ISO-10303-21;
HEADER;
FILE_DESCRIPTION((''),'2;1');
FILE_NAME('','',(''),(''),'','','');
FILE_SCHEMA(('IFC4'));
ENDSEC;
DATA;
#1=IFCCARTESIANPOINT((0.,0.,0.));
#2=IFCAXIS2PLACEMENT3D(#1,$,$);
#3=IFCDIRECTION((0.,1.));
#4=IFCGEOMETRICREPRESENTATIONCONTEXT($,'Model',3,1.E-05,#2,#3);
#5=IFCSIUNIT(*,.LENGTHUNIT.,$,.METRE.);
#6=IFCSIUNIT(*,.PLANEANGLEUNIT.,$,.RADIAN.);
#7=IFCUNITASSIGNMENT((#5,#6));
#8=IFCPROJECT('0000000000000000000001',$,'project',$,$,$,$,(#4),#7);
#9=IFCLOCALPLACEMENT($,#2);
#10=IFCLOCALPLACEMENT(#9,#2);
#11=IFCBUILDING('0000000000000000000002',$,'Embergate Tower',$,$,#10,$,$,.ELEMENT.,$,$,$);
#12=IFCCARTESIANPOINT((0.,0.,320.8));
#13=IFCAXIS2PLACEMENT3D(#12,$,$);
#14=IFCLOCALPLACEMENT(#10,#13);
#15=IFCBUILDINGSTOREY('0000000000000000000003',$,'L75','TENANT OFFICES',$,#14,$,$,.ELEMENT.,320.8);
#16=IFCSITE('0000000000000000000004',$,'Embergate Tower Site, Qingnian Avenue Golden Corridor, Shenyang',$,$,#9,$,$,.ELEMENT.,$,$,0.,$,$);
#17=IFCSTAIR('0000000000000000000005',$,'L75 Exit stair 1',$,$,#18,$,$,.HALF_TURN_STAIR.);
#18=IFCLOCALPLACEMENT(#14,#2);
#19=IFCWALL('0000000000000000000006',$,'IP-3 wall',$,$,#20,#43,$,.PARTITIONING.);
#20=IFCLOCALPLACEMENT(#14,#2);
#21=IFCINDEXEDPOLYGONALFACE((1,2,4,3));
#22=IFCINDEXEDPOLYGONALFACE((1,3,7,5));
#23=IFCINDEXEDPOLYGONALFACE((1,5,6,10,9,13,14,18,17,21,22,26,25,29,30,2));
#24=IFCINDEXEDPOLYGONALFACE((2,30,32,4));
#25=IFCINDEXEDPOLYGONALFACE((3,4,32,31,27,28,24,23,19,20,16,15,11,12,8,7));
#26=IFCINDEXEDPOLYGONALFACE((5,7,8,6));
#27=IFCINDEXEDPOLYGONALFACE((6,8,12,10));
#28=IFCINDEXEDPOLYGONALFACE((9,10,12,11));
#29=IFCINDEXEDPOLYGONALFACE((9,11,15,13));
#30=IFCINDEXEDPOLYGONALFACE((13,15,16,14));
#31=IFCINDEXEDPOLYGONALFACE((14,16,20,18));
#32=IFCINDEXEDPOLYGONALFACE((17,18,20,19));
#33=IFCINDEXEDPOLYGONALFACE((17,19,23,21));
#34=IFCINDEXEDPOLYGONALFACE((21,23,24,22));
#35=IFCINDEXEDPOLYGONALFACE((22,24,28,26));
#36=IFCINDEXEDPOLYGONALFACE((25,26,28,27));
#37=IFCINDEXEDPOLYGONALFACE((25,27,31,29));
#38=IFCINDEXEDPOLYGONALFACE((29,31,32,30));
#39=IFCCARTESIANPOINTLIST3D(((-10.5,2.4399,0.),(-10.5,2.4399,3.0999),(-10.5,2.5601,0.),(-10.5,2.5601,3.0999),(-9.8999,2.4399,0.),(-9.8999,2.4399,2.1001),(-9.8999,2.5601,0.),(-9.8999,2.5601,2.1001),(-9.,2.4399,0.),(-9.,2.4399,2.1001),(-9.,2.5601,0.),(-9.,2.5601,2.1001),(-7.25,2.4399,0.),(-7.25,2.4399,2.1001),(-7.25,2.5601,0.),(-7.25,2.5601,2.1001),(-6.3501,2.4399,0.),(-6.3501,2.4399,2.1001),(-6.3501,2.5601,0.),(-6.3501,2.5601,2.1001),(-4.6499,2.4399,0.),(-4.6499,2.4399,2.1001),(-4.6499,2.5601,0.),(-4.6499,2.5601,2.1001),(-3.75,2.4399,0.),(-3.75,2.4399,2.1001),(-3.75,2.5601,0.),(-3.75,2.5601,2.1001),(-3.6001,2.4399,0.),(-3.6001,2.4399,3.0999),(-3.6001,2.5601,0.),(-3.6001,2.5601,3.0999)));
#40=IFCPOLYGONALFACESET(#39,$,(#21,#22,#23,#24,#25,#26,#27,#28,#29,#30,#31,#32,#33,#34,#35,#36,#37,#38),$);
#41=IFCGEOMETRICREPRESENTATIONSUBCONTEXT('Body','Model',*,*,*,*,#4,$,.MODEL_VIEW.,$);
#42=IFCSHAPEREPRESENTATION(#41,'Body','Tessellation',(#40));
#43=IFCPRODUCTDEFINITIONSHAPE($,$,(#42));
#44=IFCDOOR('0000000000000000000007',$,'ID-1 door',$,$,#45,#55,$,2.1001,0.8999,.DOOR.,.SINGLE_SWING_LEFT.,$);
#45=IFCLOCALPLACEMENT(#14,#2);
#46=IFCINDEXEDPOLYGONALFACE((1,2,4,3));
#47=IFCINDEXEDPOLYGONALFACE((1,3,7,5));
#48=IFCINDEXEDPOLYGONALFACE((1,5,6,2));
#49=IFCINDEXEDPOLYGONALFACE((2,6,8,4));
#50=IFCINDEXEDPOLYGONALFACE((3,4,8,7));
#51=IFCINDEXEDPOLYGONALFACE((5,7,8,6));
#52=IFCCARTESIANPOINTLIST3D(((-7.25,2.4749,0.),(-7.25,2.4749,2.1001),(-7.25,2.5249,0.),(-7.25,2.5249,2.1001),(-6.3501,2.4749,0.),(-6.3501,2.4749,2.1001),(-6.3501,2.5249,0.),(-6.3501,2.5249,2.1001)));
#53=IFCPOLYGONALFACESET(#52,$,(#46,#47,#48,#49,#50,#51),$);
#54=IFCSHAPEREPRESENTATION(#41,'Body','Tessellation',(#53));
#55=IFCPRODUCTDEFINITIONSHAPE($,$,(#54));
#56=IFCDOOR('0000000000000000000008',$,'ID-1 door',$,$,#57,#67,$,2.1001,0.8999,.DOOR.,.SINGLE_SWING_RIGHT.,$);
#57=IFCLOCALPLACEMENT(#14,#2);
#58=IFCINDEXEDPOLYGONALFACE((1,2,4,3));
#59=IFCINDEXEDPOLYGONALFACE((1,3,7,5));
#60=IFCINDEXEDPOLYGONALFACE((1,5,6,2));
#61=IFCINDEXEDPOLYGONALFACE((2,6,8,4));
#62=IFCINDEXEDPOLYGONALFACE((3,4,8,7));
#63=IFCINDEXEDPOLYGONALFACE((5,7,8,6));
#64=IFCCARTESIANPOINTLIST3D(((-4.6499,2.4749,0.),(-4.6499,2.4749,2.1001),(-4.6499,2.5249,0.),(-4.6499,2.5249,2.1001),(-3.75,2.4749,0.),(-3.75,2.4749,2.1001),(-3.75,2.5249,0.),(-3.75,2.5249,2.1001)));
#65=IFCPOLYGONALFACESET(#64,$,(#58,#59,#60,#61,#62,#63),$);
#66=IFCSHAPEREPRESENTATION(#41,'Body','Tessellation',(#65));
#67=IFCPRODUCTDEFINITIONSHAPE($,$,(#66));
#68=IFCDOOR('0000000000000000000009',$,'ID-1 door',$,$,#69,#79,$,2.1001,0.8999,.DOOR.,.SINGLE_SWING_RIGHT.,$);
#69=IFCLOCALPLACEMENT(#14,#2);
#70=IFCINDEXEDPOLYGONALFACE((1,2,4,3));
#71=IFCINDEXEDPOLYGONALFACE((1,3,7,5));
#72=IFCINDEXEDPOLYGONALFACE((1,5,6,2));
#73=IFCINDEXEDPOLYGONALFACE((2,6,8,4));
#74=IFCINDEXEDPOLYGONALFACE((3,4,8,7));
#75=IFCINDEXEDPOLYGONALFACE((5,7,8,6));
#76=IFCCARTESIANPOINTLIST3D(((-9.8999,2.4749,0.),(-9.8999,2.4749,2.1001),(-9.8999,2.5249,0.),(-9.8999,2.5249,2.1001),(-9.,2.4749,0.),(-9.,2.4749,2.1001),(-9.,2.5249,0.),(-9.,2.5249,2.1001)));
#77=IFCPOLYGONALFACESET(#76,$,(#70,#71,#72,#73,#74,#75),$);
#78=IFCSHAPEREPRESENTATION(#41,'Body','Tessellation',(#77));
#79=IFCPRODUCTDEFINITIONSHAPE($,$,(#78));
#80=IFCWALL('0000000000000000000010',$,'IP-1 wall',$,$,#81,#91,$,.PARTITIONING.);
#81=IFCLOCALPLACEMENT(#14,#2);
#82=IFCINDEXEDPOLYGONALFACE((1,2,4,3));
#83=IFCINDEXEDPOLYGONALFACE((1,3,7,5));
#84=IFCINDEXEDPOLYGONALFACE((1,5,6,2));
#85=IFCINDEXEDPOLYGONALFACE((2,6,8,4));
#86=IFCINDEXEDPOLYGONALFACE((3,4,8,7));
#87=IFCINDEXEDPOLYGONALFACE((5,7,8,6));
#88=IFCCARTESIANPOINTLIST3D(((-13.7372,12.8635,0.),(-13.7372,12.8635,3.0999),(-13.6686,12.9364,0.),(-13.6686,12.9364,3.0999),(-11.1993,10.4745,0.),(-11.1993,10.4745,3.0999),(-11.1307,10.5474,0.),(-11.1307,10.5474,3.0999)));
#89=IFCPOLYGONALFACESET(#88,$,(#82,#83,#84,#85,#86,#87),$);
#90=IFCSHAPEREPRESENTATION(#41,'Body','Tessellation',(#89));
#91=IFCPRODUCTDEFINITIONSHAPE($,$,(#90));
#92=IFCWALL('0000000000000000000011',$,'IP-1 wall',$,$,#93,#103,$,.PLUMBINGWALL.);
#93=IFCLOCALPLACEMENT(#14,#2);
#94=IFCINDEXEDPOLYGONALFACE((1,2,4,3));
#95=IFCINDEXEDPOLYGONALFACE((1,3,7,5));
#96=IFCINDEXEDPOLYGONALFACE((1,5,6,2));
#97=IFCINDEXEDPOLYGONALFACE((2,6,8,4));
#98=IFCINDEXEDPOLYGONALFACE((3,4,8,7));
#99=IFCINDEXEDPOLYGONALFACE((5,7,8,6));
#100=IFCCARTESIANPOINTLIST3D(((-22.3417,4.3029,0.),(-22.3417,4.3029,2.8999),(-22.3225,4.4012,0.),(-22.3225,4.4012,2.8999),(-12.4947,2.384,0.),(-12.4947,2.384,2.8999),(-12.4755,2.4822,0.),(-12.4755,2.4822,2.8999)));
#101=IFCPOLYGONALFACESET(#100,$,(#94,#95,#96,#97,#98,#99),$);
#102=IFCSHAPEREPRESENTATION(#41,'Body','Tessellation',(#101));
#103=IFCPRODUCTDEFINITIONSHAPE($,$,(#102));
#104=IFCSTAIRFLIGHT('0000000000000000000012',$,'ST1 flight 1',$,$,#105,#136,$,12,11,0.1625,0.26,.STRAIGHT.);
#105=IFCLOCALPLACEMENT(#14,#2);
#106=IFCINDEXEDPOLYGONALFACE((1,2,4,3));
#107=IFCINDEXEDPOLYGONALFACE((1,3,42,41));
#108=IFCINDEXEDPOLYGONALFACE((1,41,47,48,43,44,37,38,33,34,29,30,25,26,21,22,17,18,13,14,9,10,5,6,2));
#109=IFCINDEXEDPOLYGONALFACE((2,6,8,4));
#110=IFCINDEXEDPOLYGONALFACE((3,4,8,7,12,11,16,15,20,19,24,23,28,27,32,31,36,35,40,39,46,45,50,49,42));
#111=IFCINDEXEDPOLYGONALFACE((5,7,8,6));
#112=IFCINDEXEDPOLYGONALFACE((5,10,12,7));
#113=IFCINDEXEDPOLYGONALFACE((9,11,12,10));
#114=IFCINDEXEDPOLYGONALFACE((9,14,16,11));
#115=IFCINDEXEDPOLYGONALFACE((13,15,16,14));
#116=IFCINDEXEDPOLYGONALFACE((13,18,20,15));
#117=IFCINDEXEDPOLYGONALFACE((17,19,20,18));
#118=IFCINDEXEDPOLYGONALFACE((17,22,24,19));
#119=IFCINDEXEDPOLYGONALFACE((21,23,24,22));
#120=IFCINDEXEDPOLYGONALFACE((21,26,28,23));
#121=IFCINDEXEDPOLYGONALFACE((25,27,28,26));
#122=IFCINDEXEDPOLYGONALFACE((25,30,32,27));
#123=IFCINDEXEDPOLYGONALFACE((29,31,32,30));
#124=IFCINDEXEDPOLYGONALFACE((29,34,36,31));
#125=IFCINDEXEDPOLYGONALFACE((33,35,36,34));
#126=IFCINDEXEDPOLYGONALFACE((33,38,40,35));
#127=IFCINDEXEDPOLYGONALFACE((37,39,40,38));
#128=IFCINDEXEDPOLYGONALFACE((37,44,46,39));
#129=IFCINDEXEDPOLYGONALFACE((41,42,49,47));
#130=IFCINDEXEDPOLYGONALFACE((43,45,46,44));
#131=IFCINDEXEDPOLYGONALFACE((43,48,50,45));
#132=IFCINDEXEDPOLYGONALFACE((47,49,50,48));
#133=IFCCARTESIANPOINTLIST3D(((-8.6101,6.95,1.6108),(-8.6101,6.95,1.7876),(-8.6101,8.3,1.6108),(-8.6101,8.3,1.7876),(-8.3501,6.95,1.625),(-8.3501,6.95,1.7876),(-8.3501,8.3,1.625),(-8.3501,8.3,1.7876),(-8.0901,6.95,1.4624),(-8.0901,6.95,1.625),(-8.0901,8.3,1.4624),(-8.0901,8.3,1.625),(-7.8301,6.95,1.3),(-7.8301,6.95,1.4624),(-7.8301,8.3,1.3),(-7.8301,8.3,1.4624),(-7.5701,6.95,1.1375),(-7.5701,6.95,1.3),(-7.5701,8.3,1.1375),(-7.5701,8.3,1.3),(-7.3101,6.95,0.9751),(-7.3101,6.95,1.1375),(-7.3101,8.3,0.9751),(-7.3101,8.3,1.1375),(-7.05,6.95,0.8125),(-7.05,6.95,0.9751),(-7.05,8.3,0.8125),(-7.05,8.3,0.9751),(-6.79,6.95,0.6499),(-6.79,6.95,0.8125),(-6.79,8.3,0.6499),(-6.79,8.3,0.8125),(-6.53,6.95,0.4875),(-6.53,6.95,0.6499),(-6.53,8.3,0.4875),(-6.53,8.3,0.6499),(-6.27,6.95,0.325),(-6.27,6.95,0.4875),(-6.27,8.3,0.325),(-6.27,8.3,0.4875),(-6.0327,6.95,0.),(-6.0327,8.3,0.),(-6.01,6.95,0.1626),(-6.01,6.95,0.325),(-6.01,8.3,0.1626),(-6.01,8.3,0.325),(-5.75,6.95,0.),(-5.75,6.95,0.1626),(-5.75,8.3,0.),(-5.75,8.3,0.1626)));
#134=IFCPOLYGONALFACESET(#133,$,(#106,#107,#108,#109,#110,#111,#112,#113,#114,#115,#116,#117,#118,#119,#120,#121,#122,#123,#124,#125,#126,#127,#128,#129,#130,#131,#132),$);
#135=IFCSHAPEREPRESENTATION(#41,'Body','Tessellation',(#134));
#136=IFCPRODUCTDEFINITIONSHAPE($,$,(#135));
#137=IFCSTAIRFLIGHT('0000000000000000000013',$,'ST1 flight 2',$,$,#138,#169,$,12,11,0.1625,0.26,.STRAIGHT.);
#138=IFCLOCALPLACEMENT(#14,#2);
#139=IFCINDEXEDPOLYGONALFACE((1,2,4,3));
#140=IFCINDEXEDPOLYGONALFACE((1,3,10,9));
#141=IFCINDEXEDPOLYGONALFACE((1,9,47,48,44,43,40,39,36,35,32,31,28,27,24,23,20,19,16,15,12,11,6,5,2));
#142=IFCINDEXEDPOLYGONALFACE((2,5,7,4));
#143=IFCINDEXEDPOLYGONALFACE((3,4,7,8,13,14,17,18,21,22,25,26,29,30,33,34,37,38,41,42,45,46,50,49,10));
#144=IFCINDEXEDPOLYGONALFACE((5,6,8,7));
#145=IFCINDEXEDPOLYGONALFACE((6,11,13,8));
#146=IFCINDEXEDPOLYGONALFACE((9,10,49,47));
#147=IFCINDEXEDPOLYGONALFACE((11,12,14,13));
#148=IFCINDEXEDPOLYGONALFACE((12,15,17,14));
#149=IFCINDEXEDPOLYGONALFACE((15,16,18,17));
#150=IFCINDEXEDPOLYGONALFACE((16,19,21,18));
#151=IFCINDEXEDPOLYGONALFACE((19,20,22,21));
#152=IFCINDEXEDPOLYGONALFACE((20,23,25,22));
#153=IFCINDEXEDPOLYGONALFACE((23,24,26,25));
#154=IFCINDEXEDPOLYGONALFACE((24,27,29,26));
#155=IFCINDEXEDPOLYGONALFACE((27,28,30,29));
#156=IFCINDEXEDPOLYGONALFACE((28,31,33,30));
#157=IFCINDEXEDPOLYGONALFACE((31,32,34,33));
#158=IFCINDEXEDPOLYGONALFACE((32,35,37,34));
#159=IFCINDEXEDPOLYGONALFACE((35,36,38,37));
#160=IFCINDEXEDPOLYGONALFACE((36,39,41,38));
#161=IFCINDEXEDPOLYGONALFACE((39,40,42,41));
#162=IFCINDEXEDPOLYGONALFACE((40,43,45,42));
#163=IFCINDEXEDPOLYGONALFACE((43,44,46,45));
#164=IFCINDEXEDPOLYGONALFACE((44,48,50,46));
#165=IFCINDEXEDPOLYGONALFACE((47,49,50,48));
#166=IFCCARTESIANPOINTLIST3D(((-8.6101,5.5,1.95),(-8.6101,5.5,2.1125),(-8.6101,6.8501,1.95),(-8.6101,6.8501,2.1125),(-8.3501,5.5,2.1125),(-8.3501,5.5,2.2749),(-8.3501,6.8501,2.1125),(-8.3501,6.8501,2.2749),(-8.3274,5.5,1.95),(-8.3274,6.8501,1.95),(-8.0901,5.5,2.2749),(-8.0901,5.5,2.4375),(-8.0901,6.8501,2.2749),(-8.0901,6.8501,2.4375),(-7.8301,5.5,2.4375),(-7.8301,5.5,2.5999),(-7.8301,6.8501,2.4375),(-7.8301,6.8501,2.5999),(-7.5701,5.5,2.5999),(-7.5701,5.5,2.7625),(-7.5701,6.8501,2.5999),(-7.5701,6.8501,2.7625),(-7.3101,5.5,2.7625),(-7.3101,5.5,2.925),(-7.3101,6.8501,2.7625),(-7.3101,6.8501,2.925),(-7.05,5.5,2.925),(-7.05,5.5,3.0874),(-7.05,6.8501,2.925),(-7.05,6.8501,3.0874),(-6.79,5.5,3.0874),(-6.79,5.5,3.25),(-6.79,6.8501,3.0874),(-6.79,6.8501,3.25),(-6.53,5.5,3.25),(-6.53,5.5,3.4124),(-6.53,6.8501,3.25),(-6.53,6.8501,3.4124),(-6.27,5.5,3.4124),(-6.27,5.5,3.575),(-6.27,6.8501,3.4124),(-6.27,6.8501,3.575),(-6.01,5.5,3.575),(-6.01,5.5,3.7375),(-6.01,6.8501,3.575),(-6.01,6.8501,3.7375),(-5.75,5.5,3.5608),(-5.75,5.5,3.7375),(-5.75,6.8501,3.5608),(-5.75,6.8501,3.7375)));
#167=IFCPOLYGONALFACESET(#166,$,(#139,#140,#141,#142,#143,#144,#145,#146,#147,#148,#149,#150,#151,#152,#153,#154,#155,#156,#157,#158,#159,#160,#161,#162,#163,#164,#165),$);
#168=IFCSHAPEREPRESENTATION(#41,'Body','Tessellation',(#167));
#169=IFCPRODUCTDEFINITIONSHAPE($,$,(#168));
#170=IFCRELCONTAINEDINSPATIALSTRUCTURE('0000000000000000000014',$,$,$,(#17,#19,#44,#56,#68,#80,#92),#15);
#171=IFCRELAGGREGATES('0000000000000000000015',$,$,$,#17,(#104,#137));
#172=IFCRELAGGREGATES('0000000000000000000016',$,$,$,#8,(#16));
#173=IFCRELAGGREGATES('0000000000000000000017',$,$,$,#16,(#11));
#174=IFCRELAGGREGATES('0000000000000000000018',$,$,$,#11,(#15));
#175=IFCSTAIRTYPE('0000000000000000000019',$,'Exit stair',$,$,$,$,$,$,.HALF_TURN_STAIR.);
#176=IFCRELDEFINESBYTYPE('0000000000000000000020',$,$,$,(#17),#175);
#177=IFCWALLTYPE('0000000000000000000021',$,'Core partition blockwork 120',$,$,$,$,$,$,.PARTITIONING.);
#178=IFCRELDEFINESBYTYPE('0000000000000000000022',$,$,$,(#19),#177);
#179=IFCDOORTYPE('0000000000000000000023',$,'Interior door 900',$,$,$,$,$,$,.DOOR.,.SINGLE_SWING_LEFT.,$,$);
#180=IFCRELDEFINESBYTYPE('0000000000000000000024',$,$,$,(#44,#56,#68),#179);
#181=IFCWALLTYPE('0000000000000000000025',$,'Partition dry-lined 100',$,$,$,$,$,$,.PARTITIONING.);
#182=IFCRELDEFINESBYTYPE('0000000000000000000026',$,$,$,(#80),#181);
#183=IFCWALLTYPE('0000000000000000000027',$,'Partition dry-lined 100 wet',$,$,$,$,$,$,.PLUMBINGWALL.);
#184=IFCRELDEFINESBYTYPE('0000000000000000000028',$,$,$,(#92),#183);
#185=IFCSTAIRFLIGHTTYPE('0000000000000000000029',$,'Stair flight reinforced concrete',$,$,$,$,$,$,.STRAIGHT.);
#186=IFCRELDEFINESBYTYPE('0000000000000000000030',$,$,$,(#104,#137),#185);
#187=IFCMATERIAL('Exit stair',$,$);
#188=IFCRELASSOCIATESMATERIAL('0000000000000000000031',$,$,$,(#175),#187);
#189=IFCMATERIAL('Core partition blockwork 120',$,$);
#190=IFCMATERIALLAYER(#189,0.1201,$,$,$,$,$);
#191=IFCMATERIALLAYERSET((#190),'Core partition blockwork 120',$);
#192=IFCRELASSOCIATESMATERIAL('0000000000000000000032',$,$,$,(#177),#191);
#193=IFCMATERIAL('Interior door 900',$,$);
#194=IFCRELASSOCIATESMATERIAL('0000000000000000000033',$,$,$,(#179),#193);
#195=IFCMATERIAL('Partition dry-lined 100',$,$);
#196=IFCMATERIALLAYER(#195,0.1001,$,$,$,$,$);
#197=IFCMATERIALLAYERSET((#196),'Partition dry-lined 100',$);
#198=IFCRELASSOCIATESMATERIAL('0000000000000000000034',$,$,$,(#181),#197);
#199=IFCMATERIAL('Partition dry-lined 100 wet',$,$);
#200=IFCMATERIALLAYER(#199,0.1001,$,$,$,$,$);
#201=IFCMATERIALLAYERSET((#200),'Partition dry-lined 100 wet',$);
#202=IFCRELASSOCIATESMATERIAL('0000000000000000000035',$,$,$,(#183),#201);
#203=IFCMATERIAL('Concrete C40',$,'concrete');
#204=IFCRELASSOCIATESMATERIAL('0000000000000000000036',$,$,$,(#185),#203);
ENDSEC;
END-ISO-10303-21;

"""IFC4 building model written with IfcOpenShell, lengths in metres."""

from ifc_helpers import new_model, si_unit, direction, frame, frame_2d, origin, place, context, subcontext, project, spatial, polyline, rectangle, outline, extrude, source, transform, mapped, material, layer, layer_set, type_object, element, fill, aggregate, save


model = new_model("IFC4")

# Units and contexts
model_context = context("Model", 3, precision=1e-05, world=origin(), true_north=direction((0.0, 1.0)))
body_context = subcontext(model_context, "Body", "Model", "MODEL_VIEW")
ifc_project = project(units=[si_unit("LENGTHUNIT", "METRE"), si_unit("PLANEANGLEUNIT", "RADIAN")], contexts=[model_context])

# Site, building, storey
site_placement = place(None, origin())
site = spatial("IfcSite", under=ifc_project, at=site_placement, Name="Embergate Tower Site, Qingnian Avenue Golden Corridor, Shenyang", CompositionType="ELEMENT", RefElevation=0.0)
building_placement = place(site_placement, origin())
building = spatial("IfcBuilding", under=site, at=building_placement, Name="Embergate Tower", CompositionType="ELEMENT")
storey_placement = place(building_placement, frame((0.0, 0.0, 320.8)))
storey = spatial("IfcBuildingStorey", under=building, at=storey_placement, Name="L75", Description="TENANT OFFICES", CompositionType="ELEMENT", Elevation=320.8)

# Stair
ifc_material_1 = material(Name="Exit stair")
stair_type = type_object("IfcStairType", Name="Exit stair", PredefinedType="HALF_TURN_STAIR", material=ifc_material_1)
stair_placement = place(storey_placement, origin())
stair = element("IfcStair", 1, at=stair_placement, inside=storey, type_object=stair_type, Name="L75 Exit stair 1", PredefinedType="HALF_TURN_STAIR")
ifc_material_2 = material(Name="Concrete C40", Category="concrete")

# Shared definitions
ifc_material_3 = material(Name="Core partition blockwork 120")
ifc_layer_1 = layer(ifc_material_3, 0.1201)
ifc_layer_set_1 = layer_set([ifc_layer_1], Name="Core partition blockwork 120")
wall_type_1 = type_object("IfcWallType", Name="Core partition blockwork 120", PredefinedType="PARTITIONING", material=ifc_layer_set_1)

# Wall, openings, doors
shared_shape_1 = source(origin(), body_context, "Body", "SweptSolid", [
    extrude(rectangle(XDim=6.8999, YDim=0.1201, at=frame_2d((3.45, 0.0))), origin(), (0.0, 0.0, 1.0), 3.0999),
])
wall_1_placement = place(storey_placement, frame((-10.5, 2.5, 0.0), z_axis=(0.0, 0.0, 1.0), x_axis=(1.0, 0.0, 0.0)))
wall_1 = element("IfcWall", 2, at=wall_1_placement, inside=storey, type_object=wall_type_1, Name="IP-3 wall", PredefinedType="PARTITIONING", context=body_context, shape_type="MappedRepresentation", body=[
    mapped(shared_shape_1, transform((0.0, 0.0, 0.0))),
])
shared_shape_2 = source(origin(), body_context, "Body", "SweptSolid", [
    extrude(rectangle(XDim=0.8999, YDim=2.1001, at=frame_2d((0.45, 1.05))), frame((0.0, 0.0701, 0.0), z_axis=(0.0, -1.0, 0.0), x_axis=(1.0, 0.0, 0.0)), (0.0, 0.0, 1.0), 0.1401),
])
opening_1_placement = place(wall_1_placement, frame((3.25, 0.0, 0.0)))
opening_1 = element("IfcOpeningElement", 3, at=opening_1_placement, cuts=wall_1, PredefinedType="OPENING", context=body_context, shape_type="MappedRepresentation", body=[
    mapped(shared_shape_2, transform((0.0, 0.0, 0.0))),
])
opening_2_placement = place(wall_1_placement, frame((5.8501, 0.0, 0.0)))
opening_2 = element("IfcOpeningElement", 4, at=opening_2_placement, cuts=wall_1, PredefinedType="OPENING", context=body_context, shape_type="MappedRepresentation", body=[
    mapped(shared_shape_2, transform((0.0, 0.0, 0.0))),
])
opening_3_placement = place(wall_1_placement, frame((0.6001, 0.0, 0.0)))
opening_3 = element("IfcOpeningElement", 5, at=opening_3_placement, cuts=wall_1, PredefinedType="OPENING", context=body_context, shape_type="MappedRepresentation", body=[
    mapped(shared_shape_2, transform((0.0, 0.0, 0.0))),
])
ifc_material_4 = material(Name="Interior door 900")
door_type_1 = type_object("IfcDoorType", Name="Interior door 900", OperationType="SINGLE_SWING_LEFT", PredefinedType="DOOR", material=ifc_material_4)
shared_shape_3 = source(origin(), body_context, "Body", "SweptSolid", [
    extrude(rectangle(XDim=0.8999, YDim=2.1001, at=frame_2d((0.45, 1.05))), frame((0.0, 0.0249, 0.0), z_axis=(0.0, -1.0, 0.0), x_axis=(1.0, 0.0, 0.0)), (0.0, 0.0, 1.0), 0.05),
])
door_1_placement = place(opening_1_placement, origin())
door_1 = element("IfcDoor", 6, at=door_1_placement, inside=storey, type_object=door_type_1, Name="ID-1 door", OperationType="SINGLE_SWING_LEFT", OverallHeight=2.1001, OverallWidth=0.8999, PredefinedType="DOOR", context=body_context, shape_type="MappedRepresentation", body=[
    mapped(shared_shape_3, transform((0.0, 0.0, 0.0))),
])
fill(opening_1, door_1)
door_2_placement = place(opening_2_placement, origin())
door_2 = element("IfcDoor", 7, at=door_2_placement, inside=storey, type_object=door_type_1, Name="ID-1 door", OperationType="SINGLE_SWING_RIGHT", OverallHeight=2.1001, OverallWidth=0.8999, PredefinedType="DOOR", context=body_context, shape_type="MappedRepresentation", body=[
    mapped(shared_shape_3, transform((0.0, 0.0, 0.0))),
])
fill(opening_2, door_2)
door_3_placement = place(opening_3_placement, origin())
door_3 = element("IfcDoor", 8, at=door_3_placement, inside=storey, type_object=door_type_1, Name="ID-1 door", OperationType="SINGLE_SWING_RIGHT", OverallHeight=2.1001, OverallWidth=0.8999, PredefinedType="DOOR", context=body_context, shape_type="MappedRepresentation", body=[
    mapped(shared_shape_3, transform((0.0, 0.0, 0.0))),
])
fill(opening_3, door_3)

# Walls
ifc_material_5 = material(Name="Partition dry-lined 100")
ifc_layer_2 = layer(ifc_material_5, 0.1001)
ifc_layer_set_2 = layer_set([ifc_layer_2], Name="Partition dry-lined 100")
wall_type_2 = type_object("IfcWallType", Name="Partition dry-lined 100", PredefinedType="PARTITIONING", material=ifc_layer_set_2)
shared_shape_4 = source(origin(), body_context, "Body", "SweptSolid", [
    extrude(rectangle(XDim=3.4854, YDim=0.1001, at=frame_2d((1.7427, 0.0))), origin(), (0.0, 0.0, 1.0), 3.0999),
])
wall_2_placement = place(storey_placement, frame((-11.165, 10.511, 0.0), z_axis=(0.0, 0.0, 1.0), x_axis=(-0.728149, 0.685419, 0.0)))
element("IfcWall", 9, at=wall_2_placement, inside=storey, type_object=wall_type_2, Name="IP-1 wall", PredefinedType="PARTITIONING", context=body_context, shape_type="MappedRepresentation", body=[
    mapped(shared_shape_4, transform((0.0, 0.0, 0.0))),
])
ifc_material_6 = material(Name="Partition dry-lined 100 wet")
ifc_layer_3 = layer(ifc_material_6, 0.1001)
ifc_layer_set_3 = layer_set([ifc_layer_3], Name="Partition dry-lined 100 wet")
wall_type_3 = type_object("IfcWallType", Name="Partition dry-lined 100 wet", PredefinedType="PLUMBINGWALL", material=ifc_layer_set_3)
shared_shape_5 = source(origin(), body_context, "Body", "SweptSolid", [
    extrude(rectangle(XDim=10.0322, YDim=0.1001, at=frame_2d((5.0161, 0.0))), origin(), (0.0, 0.0, 1.0), 2.8999),
])
wall_3_placement = place(storey_placement, frame((-12.4851, 2.4331, 0.0), z_axis=(0.0, 0.0, 1.0), x_axis=(-0.981536, 0.191279, 0.0)))
element("IfcWall", 10, at=wall_3_placement, inside=storey, type_object=wall_type_3, Name="IP-1 wall", PredefinedType="PLUMBINGWALL", context=body_context, shape_type="MappedRepresentation", body=[
    mapped(shared_shape_5, transform((0.0, 0.0, 0.0))),
])

# Stair flights
stair_flight_type = type_object("IfcStairFlightType", Name="Stair flight reinforced concrete", PredefinedType="STRAIGHT", material=ifc_material_2)
shared_shape_6 = source(origin(), body_context, "Body", "SweptSolid", [
    extrude(outline(polyline([(0.0, 0.0), (0.0, 0.1626), (0.26, 0.1626), (0.26, 0.325), (0.52, 0.325), (0.52, 0.4875), (0.78, 0.4875), (0.78, 0.6499), (1.04, 0.6499), (1.04, 0.8125), (1.3, 0.8125), (1.3, 0.9751), (1.5601, 0.9751), (1.5601, 1.1375), (1.8201, 1.1375), (1.8201, 1.3), (2.0801, 1.3), (2.0801, 1.4624), (2.3401, 1.4624), (2.3401, 1.625), (2.6001, 1.625), (2.6001, 1.7876), (2.8601, 1.7876), (2.8601, 1.95), (2.8601, 1.6108), (0.2827, 0.0), (0.0, 0.0)])), frame((0.0, 0.675, 0.0), z_axis=(0.0, -1.0, 0.0), x_axis=(1.0, 0.0, 0.0)), (0.0, 0.0, 1.0), 1.3501),
])
stair_flight_1_placement = place(storey_placement, frame((-5.75, 7.625, 0.0), z_axis=(0.0, 0.0, 1.0), x_axis=(-1.0, 0.0, 0.0)))
stair_flight_1 = element("IfcStairFlight", 11, at=stair_flight_1_placement, type_object=stair_flight_type, Name="ST1 flight 1", NumberOfRisers=12, NumberOfTreads=11, PredefinedType="STRAIGHT", RiserHeight=0.1625, TreadLength=0.26, context=body_context, shape_type="MappedRepresentation", body=[
    mapped(shared_shape_6, transform((0.0, 0.0, 0.0))),
])
stair_flight_2_placement = place(storey_placement, frame((-8.6101, 6.175, 1.95), z_axis=(0.0, 0.0, 1.0), x_axis=(1.0, 0.0, 0.0)))
stair_flight_2 = element("IfcStairFlight", 12, at=stair_flight_2_placement, type_object=stair_flight_type, Name="ST1 flight 2", NumberOfRisers=12, NumberOfTreads=11, PredefinedType="STRAIGHT", RiserHeight=0.1625, TreadLength=0.26, context=body_context, shape_type="MappedRepresentation", body=[
    mapped(shared_shape_6, transform((0.0, 0.0, 0.0))),
])
aggregate(stair, [stair_flight_1, stair_flight_2])

save(model, "model.ifc")
